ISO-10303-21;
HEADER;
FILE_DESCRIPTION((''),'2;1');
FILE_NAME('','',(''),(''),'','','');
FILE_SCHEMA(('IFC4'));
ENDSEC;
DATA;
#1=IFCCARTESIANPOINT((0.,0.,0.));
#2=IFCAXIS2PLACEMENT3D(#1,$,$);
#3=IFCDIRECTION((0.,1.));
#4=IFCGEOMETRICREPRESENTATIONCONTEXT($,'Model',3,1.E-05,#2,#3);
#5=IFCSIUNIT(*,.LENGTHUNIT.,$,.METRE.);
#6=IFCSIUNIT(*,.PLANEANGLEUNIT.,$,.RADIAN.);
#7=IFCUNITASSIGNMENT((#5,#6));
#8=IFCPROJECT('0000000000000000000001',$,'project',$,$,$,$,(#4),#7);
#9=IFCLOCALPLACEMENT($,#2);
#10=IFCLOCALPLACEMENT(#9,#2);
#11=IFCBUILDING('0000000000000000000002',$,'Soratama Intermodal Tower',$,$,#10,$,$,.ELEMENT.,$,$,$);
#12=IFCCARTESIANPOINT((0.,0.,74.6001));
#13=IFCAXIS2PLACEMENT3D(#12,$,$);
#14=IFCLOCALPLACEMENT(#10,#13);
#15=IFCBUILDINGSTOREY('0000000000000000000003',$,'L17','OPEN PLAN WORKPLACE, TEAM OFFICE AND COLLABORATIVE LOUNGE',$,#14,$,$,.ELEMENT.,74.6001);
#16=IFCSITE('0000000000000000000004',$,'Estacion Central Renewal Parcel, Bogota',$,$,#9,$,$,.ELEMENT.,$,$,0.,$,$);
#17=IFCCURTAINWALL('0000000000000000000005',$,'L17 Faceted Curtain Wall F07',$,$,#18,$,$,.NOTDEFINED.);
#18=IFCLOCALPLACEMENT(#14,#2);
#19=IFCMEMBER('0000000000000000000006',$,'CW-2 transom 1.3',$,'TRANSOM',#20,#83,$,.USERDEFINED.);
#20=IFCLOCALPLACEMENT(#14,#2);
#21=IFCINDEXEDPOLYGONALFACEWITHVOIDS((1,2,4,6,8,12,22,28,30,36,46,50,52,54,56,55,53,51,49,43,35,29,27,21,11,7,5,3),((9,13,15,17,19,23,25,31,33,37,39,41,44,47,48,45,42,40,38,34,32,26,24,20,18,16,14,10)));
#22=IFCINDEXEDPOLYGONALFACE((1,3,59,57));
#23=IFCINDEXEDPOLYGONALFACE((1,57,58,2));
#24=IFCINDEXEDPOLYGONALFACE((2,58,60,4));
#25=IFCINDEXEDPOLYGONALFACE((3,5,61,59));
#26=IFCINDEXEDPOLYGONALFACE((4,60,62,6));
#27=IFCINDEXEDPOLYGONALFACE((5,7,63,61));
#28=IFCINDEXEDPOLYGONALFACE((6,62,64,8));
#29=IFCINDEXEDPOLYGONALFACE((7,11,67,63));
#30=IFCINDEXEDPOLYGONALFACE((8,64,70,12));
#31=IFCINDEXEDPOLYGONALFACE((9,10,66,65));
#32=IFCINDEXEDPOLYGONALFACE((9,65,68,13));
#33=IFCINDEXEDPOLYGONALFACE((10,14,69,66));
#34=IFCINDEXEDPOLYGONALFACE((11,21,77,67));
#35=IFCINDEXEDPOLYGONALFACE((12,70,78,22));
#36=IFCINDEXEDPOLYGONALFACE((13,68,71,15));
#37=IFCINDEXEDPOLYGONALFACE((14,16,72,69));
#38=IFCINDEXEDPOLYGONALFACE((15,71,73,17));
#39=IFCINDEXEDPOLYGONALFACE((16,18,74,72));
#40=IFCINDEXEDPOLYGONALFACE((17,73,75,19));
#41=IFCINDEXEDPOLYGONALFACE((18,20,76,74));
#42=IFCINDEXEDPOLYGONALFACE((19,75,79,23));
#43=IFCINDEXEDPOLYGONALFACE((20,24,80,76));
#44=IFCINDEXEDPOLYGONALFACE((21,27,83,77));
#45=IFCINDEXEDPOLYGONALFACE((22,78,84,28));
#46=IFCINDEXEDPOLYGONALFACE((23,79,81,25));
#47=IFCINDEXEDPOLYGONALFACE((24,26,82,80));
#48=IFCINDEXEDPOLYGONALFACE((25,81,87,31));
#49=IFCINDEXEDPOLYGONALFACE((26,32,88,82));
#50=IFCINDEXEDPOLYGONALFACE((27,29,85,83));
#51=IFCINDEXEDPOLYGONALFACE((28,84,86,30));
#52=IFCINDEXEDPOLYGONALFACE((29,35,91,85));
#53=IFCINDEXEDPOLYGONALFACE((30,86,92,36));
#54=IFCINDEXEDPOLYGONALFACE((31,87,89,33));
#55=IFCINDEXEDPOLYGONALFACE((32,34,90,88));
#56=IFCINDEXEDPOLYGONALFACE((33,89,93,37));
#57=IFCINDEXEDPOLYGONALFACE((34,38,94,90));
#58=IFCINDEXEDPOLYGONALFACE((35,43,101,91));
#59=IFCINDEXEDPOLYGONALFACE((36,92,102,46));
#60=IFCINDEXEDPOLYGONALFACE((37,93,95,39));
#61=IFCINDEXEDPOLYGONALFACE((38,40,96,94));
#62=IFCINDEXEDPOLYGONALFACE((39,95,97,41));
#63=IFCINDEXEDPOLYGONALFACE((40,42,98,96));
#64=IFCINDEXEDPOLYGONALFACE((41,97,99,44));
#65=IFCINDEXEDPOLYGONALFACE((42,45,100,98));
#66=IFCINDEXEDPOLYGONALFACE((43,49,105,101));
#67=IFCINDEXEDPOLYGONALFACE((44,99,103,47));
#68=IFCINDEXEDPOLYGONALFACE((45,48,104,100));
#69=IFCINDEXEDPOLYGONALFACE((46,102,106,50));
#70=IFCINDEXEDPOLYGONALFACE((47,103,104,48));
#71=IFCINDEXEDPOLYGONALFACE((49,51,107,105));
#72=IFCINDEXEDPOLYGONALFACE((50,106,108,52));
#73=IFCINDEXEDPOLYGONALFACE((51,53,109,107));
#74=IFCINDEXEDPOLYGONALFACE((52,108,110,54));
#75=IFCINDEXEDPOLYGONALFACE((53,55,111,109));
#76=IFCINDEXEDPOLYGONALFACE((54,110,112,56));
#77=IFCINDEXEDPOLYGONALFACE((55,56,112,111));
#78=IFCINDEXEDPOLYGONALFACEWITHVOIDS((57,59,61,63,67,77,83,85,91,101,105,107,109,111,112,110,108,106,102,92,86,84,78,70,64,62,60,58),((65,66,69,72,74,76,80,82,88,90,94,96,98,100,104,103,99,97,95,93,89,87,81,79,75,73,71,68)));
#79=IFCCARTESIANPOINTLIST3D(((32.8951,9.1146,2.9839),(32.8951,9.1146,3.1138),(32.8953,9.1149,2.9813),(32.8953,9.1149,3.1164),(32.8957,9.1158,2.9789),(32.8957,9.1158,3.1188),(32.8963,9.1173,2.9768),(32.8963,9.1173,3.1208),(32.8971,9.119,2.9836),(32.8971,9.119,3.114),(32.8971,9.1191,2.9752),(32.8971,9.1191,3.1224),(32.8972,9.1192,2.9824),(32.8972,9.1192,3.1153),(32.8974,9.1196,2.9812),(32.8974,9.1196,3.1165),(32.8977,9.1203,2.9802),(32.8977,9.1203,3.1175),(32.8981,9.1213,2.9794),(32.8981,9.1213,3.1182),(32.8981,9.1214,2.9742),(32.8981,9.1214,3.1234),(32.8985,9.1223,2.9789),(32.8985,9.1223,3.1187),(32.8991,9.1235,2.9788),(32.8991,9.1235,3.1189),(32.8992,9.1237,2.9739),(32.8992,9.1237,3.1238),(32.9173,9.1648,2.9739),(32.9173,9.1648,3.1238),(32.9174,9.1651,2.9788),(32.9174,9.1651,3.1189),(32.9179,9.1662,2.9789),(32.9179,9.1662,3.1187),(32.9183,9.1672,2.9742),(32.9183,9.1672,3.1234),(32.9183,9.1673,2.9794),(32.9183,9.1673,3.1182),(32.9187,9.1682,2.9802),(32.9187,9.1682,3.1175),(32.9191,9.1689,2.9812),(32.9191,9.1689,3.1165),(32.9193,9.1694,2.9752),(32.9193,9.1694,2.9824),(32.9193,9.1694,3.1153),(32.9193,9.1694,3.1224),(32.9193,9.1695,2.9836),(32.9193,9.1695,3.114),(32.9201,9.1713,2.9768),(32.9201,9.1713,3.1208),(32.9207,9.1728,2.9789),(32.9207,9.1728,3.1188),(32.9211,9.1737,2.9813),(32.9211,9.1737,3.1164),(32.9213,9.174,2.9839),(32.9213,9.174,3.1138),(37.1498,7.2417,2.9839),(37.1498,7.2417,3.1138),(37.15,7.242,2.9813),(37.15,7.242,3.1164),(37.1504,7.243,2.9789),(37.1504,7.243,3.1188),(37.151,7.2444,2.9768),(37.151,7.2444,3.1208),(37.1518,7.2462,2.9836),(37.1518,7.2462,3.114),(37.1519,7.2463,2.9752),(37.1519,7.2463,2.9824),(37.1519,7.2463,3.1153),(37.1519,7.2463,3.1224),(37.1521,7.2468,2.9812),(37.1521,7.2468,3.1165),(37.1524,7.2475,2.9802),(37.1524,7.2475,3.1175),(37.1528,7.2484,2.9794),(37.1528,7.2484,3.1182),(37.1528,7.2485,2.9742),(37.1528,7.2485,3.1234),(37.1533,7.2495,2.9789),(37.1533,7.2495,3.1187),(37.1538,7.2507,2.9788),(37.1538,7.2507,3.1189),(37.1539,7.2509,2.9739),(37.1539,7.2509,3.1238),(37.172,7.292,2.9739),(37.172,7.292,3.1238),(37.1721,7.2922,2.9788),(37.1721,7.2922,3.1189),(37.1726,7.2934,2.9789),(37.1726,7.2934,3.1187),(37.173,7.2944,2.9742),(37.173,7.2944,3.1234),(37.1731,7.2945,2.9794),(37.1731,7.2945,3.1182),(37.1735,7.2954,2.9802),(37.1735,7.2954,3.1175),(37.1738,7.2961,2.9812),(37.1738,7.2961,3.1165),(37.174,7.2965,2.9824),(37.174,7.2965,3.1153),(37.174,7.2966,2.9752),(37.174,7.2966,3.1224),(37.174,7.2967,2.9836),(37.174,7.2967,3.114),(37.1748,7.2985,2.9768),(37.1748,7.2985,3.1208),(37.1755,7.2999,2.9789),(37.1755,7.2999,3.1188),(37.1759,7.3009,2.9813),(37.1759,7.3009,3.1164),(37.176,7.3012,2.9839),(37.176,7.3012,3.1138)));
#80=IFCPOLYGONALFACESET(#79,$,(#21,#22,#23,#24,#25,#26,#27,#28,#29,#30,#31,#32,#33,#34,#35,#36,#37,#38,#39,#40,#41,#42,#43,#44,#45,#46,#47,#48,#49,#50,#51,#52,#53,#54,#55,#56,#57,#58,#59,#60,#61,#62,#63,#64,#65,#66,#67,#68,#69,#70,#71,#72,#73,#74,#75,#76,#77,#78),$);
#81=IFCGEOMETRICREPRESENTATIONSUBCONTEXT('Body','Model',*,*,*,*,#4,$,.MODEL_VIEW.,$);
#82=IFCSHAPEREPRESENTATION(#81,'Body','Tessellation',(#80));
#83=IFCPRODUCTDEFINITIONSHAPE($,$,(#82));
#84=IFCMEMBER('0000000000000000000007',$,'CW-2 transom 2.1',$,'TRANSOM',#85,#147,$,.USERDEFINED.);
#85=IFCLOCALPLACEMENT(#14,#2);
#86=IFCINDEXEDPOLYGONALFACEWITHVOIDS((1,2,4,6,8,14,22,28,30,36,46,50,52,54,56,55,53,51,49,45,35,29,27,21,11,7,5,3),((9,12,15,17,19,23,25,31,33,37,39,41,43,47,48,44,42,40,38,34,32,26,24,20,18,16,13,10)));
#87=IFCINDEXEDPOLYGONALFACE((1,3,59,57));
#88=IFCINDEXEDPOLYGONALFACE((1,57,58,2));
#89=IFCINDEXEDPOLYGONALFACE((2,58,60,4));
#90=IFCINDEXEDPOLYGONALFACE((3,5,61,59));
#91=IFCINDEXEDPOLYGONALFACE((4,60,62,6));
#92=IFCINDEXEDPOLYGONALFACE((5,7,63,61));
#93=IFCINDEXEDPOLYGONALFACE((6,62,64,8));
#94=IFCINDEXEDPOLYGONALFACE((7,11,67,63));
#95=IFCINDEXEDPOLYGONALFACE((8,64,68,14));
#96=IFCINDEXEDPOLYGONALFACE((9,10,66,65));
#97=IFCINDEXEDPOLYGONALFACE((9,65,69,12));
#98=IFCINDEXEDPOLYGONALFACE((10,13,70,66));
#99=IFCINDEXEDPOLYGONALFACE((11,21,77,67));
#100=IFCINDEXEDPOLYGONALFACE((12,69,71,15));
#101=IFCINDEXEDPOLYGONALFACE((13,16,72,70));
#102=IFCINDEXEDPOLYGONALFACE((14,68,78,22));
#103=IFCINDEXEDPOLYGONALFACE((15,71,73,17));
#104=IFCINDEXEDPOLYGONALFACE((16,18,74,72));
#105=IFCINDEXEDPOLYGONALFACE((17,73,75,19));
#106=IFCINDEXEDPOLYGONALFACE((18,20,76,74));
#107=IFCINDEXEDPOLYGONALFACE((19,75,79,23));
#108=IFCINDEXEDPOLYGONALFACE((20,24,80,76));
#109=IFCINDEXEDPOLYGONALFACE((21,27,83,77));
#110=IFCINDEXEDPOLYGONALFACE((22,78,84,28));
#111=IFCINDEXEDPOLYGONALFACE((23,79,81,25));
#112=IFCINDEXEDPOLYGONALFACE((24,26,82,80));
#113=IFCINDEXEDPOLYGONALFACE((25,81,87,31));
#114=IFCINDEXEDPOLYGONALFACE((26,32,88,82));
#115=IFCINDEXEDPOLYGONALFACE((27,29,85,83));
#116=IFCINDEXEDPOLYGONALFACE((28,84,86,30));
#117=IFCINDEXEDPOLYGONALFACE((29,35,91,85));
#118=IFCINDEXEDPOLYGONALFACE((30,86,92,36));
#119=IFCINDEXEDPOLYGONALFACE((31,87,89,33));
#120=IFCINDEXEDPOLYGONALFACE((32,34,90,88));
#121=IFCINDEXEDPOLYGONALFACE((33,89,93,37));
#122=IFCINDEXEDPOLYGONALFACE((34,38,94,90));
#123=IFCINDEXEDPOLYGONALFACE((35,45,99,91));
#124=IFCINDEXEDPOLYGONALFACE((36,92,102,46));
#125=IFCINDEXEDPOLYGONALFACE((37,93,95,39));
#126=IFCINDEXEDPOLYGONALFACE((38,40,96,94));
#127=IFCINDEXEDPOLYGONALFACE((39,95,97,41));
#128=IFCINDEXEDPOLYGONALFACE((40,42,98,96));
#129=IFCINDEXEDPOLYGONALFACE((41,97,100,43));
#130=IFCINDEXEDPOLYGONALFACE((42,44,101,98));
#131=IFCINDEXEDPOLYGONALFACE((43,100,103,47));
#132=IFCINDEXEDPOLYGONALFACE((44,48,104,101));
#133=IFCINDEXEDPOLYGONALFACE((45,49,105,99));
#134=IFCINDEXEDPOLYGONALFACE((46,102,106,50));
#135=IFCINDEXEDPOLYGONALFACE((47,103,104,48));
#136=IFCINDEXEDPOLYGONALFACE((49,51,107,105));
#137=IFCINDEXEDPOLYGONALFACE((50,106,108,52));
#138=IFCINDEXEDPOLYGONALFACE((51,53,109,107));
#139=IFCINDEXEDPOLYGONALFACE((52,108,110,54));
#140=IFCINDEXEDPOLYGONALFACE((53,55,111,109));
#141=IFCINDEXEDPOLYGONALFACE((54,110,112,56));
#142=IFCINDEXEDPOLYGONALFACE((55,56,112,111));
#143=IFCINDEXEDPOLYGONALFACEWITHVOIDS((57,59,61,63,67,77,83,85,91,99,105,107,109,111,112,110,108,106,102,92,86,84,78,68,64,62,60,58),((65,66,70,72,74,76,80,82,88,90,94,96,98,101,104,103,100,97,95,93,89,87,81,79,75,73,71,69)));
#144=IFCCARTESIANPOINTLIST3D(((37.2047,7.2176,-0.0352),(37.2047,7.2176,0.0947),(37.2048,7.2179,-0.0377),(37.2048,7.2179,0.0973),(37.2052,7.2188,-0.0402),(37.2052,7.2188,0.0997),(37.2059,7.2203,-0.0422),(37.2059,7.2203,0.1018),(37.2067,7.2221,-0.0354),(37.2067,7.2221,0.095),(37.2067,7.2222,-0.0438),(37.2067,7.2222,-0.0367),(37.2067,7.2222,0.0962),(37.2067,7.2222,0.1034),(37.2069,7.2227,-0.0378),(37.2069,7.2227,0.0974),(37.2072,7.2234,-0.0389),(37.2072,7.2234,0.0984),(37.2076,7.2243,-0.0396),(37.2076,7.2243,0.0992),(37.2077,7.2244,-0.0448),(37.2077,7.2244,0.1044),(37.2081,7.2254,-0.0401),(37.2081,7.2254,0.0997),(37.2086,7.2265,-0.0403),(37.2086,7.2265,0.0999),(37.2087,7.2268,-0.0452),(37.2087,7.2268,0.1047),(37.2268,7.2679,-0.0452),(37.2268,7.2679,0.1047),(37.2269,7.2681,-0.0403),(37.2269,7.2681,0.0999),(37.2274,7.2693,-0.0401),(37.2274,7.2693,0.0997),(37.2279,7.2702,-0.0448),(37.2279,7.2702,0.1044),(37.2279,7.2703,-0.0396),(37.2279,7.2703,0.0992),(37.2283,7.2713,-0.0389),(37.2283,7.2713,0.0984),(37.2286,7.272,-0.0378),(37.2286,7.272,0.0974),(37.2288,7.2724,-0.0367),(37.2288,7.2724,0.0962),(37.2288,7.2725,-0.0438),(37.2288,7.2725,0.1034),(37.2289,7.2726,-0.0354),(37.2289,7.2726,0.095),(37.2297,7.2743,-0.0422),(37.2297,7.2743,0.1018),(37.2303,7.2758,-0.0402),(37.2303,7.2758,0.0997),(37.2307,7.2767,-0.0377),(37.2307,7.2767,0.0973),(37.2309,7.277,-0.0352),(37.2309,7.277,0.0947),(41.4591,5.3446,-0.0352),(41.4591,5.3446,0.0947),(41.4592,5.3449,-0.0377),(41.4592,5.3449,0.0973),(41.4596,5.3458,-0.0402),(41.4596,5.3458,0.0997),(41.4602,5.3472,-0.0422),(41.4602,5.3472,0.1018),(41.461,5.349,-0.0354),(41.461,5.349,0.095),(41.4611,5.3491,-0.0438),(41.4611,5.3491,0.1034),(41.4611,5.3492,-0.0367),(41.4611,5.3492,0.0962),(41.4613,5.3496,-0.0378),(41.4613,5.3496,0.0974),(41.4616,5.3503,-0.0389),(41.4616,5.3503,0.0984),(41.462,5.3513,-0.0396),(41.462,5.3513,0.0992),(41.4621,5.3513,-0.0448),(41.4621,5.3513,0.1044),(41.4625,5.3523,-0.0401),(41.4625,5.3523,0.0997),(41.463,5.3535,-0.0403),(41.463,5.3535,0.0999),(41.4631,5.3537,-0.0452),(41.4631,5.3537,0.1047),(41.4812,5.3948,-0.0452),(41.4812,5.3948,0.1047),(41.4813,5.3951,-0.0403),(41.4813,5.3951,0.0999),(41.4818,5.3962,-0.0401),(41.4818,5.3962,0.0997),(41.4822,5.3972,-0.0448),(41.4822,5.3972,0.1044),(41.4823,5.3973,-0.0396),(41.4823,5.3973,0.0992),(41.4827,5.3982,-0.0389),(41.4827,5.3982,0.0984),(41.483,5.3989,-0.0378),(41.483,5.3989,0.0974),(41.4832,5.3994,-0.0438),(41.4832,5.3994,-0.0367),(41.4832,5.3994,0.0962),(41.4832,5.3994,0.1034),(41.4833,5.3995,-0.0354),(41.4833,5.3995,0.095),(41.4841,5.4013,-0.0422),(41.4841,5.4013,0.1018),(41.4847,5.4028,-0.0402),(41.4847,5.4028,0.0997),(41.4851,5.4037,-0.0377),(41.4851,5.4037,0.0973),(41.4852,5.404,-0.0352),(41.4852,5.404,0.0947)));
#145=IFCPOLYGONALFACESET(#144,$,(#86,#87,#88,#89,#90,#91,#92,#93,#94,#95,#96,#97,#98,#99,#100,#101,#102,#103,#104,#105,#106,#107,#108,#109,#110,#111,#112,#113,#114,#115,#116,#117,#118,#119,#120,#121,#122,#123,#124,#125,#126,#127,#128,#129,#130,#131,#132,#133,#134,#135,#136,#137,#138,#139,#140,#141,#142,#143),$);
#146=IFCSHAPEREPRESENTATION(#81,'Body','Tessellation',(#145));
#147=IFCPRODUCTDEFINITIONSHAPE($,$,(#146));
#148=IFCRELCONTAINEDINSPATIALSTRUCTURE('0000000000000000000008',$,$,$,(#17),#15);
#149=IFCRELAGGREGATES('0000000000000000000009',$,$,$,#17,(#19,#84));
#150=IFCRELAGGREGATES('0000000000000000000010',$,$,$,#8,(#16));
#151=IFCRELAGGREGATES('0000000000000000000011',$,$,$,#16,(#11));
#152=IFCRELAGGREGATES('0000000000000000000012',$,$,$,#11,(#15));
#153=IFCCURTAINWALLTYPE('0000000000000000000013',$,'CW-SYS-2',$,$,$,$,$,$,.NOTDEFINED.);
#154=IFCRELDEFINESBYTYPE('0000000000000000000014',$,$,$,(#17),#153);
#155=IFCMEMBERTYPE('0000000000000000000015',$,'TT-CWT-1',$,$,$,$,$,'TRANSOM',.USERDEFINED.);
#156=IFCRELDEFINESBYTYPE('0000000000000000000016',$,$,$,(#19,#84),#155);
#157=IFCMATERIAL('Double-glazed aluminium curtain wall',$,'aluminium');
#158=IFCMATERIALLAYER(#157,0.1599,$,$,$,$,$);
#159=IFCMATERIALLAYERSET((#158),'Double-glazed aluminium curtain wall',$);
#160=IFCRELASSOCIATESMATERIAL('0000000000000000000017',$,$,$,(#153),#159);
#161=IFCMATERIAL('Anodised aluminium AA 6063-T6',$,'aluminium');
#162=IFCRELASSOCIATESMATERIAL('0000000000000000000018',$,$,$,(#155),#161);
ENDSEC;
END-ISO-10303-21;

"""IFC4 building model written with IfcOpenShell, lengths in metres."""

from ifc_helpers import new_model, si_unit, direction, frame, origin, origin_2d, place, context, subcontext, project, spatial, hollow_rectangle, extrude, material, layer, layer_set, material_profile, profile_set, type_object, element, aggregate, save


model = new_model("IFC4")

# Units and contexts
model_context = context("Model", 3, precision=1e-05, world=origin(), true_north=direction((0.0, 1.0)))
body_context = subcontext(model_context, "Body", "Model", "MODEL_VIEW")
ifc_project = project(units=[si_unit("LENGTHUNIT", "METRE"), si_unit("PLANEANGLEUNIT", "RADIAN")], contexts=[model_context])

# Site, building, storey
site_placement = place(None, origin())
site = spatial("IfcSite", under=ifc_project, at=site_placement, Name="Estacion Central Renewal Parcel, Bogota", CompositionType="ELEMENT", RefElevation=0.0)
building_placement = place(site_placement, origin())
building = spatial("IfcBuilding", under=site, at=building_placement, Name="Soratama Intermodal Tower", CompositionType="ELEMENT")
storey_placement = place(building_placement, frame((0.0, 0.0, 74.6001)))
storey = spatial("IfcBuildingStorey", under=building, at=storey_placement, Name="L17", Description="OPEN PLAN WORKPLACE, TEAM OFFICE AND COLLABORATIVE LOUNGE", CompositionType="ELEMENT", Elevation=74.6001)

# Curtain wall, members
ifc_material_1 = material(Name="Double-glazed aluminium curtain wall", Category="aluminium")
ifc_layer_1 = layer(ifc_material_1, 0.1599)
ifc_layer_set_1 = layer_set([ifc_layer_1], Name="Double-glazed aluminium curtain wall")
curtain_wall_type = type_object("IfcCurtainWallType", Name="CW-SYS-2", PredefinedType="NOTDEFINED", material=ifc_layer_set_1)
curtain_wall_placement = place(storey_placement, origin())
curtain_wall = element("IfcCurtainWall", 1, at=curtain_wall_placement, inside=storey, type_object=curtain_wall_type, Name="L17 Faceted Curtain Wall F07", PredefinedType="NOTDEFINED")
ifc_material_2 = material(Name="Anodised aluminium AA 6063-T6", Category="aluminium")
ifc_material_profile_1 = material_profile(ifc_material_2, hollow_rectangle(XDim=0.0649, YDim=0.1499, WallThickness=0.0049, InnerFilletRadius=0.0049, OuterFilletRadius=0.01, at=origin_2d()), Name="CWT150X65X5")
ifc_profile_set_1 = profile_set([ifc_material_profile_1], Name="Anodised aluminium AA 6063-T6")
member_type_1 = type_object("IfcMemberType", Name="TT-CWT-1", ElementType="TRANSOM", PredefinedType="USERDEFINED", material=ifc_profile_set_1)
member_1_placement = place(storey_placement, frame((32.9082, 9.1443, 3.0488), z_axis=(0.915255, -0.402876, 0.0), x_axis=(0.402876, 0.915255, 0.0)))
member_1 = element("IfcMember", 2, at=member_1_placement, type_object=member_type_1, Name="CW-2 transom 1.3", ObjectType="TRANSOM", PredefinedType="USERDEFINED", context=body_context, shape_type="SweptSolid", body=[
    extrude(hollow_rectangle(XDim=0.0649, YDim=0.1499, WallThickness=0.0049, InnerFilletRadius=0.0049, OuterFilletRadius=0.01, at=origin_2d()), origin(), (0.0, 0.0, 1.0), 4.6487),
])
member_2_placement = place(storey_placement, frame((37.2178, 7.2473, 0.0298), z_axis=(0.915227, -0.402939, 0.0), x_axis=(0.402939, 0.915227, 0.0)))
member_2 = element("IfcMember", 3, at=member_2_placement, type_object=member_type_1, Name="CW-2 transom 2.1", ObjectType="TRANSOM", PredefinedType="USERDEFINED", context=body_context, shape_type="SweptSolid", body=[
    extrude(hollow_rectangle(XDim=0.0649, YDim=0.1499, WallThickness=0.0049, InnerFilletRadius=0.0049, OuterFilletRadius=0.01, at=origin_2d()), origin(), (0.0, 0.0, 1.0), 4.6484),
])
aggregate(curtain_wall, [member_1, member_2])

save(model, "model.ifc")
